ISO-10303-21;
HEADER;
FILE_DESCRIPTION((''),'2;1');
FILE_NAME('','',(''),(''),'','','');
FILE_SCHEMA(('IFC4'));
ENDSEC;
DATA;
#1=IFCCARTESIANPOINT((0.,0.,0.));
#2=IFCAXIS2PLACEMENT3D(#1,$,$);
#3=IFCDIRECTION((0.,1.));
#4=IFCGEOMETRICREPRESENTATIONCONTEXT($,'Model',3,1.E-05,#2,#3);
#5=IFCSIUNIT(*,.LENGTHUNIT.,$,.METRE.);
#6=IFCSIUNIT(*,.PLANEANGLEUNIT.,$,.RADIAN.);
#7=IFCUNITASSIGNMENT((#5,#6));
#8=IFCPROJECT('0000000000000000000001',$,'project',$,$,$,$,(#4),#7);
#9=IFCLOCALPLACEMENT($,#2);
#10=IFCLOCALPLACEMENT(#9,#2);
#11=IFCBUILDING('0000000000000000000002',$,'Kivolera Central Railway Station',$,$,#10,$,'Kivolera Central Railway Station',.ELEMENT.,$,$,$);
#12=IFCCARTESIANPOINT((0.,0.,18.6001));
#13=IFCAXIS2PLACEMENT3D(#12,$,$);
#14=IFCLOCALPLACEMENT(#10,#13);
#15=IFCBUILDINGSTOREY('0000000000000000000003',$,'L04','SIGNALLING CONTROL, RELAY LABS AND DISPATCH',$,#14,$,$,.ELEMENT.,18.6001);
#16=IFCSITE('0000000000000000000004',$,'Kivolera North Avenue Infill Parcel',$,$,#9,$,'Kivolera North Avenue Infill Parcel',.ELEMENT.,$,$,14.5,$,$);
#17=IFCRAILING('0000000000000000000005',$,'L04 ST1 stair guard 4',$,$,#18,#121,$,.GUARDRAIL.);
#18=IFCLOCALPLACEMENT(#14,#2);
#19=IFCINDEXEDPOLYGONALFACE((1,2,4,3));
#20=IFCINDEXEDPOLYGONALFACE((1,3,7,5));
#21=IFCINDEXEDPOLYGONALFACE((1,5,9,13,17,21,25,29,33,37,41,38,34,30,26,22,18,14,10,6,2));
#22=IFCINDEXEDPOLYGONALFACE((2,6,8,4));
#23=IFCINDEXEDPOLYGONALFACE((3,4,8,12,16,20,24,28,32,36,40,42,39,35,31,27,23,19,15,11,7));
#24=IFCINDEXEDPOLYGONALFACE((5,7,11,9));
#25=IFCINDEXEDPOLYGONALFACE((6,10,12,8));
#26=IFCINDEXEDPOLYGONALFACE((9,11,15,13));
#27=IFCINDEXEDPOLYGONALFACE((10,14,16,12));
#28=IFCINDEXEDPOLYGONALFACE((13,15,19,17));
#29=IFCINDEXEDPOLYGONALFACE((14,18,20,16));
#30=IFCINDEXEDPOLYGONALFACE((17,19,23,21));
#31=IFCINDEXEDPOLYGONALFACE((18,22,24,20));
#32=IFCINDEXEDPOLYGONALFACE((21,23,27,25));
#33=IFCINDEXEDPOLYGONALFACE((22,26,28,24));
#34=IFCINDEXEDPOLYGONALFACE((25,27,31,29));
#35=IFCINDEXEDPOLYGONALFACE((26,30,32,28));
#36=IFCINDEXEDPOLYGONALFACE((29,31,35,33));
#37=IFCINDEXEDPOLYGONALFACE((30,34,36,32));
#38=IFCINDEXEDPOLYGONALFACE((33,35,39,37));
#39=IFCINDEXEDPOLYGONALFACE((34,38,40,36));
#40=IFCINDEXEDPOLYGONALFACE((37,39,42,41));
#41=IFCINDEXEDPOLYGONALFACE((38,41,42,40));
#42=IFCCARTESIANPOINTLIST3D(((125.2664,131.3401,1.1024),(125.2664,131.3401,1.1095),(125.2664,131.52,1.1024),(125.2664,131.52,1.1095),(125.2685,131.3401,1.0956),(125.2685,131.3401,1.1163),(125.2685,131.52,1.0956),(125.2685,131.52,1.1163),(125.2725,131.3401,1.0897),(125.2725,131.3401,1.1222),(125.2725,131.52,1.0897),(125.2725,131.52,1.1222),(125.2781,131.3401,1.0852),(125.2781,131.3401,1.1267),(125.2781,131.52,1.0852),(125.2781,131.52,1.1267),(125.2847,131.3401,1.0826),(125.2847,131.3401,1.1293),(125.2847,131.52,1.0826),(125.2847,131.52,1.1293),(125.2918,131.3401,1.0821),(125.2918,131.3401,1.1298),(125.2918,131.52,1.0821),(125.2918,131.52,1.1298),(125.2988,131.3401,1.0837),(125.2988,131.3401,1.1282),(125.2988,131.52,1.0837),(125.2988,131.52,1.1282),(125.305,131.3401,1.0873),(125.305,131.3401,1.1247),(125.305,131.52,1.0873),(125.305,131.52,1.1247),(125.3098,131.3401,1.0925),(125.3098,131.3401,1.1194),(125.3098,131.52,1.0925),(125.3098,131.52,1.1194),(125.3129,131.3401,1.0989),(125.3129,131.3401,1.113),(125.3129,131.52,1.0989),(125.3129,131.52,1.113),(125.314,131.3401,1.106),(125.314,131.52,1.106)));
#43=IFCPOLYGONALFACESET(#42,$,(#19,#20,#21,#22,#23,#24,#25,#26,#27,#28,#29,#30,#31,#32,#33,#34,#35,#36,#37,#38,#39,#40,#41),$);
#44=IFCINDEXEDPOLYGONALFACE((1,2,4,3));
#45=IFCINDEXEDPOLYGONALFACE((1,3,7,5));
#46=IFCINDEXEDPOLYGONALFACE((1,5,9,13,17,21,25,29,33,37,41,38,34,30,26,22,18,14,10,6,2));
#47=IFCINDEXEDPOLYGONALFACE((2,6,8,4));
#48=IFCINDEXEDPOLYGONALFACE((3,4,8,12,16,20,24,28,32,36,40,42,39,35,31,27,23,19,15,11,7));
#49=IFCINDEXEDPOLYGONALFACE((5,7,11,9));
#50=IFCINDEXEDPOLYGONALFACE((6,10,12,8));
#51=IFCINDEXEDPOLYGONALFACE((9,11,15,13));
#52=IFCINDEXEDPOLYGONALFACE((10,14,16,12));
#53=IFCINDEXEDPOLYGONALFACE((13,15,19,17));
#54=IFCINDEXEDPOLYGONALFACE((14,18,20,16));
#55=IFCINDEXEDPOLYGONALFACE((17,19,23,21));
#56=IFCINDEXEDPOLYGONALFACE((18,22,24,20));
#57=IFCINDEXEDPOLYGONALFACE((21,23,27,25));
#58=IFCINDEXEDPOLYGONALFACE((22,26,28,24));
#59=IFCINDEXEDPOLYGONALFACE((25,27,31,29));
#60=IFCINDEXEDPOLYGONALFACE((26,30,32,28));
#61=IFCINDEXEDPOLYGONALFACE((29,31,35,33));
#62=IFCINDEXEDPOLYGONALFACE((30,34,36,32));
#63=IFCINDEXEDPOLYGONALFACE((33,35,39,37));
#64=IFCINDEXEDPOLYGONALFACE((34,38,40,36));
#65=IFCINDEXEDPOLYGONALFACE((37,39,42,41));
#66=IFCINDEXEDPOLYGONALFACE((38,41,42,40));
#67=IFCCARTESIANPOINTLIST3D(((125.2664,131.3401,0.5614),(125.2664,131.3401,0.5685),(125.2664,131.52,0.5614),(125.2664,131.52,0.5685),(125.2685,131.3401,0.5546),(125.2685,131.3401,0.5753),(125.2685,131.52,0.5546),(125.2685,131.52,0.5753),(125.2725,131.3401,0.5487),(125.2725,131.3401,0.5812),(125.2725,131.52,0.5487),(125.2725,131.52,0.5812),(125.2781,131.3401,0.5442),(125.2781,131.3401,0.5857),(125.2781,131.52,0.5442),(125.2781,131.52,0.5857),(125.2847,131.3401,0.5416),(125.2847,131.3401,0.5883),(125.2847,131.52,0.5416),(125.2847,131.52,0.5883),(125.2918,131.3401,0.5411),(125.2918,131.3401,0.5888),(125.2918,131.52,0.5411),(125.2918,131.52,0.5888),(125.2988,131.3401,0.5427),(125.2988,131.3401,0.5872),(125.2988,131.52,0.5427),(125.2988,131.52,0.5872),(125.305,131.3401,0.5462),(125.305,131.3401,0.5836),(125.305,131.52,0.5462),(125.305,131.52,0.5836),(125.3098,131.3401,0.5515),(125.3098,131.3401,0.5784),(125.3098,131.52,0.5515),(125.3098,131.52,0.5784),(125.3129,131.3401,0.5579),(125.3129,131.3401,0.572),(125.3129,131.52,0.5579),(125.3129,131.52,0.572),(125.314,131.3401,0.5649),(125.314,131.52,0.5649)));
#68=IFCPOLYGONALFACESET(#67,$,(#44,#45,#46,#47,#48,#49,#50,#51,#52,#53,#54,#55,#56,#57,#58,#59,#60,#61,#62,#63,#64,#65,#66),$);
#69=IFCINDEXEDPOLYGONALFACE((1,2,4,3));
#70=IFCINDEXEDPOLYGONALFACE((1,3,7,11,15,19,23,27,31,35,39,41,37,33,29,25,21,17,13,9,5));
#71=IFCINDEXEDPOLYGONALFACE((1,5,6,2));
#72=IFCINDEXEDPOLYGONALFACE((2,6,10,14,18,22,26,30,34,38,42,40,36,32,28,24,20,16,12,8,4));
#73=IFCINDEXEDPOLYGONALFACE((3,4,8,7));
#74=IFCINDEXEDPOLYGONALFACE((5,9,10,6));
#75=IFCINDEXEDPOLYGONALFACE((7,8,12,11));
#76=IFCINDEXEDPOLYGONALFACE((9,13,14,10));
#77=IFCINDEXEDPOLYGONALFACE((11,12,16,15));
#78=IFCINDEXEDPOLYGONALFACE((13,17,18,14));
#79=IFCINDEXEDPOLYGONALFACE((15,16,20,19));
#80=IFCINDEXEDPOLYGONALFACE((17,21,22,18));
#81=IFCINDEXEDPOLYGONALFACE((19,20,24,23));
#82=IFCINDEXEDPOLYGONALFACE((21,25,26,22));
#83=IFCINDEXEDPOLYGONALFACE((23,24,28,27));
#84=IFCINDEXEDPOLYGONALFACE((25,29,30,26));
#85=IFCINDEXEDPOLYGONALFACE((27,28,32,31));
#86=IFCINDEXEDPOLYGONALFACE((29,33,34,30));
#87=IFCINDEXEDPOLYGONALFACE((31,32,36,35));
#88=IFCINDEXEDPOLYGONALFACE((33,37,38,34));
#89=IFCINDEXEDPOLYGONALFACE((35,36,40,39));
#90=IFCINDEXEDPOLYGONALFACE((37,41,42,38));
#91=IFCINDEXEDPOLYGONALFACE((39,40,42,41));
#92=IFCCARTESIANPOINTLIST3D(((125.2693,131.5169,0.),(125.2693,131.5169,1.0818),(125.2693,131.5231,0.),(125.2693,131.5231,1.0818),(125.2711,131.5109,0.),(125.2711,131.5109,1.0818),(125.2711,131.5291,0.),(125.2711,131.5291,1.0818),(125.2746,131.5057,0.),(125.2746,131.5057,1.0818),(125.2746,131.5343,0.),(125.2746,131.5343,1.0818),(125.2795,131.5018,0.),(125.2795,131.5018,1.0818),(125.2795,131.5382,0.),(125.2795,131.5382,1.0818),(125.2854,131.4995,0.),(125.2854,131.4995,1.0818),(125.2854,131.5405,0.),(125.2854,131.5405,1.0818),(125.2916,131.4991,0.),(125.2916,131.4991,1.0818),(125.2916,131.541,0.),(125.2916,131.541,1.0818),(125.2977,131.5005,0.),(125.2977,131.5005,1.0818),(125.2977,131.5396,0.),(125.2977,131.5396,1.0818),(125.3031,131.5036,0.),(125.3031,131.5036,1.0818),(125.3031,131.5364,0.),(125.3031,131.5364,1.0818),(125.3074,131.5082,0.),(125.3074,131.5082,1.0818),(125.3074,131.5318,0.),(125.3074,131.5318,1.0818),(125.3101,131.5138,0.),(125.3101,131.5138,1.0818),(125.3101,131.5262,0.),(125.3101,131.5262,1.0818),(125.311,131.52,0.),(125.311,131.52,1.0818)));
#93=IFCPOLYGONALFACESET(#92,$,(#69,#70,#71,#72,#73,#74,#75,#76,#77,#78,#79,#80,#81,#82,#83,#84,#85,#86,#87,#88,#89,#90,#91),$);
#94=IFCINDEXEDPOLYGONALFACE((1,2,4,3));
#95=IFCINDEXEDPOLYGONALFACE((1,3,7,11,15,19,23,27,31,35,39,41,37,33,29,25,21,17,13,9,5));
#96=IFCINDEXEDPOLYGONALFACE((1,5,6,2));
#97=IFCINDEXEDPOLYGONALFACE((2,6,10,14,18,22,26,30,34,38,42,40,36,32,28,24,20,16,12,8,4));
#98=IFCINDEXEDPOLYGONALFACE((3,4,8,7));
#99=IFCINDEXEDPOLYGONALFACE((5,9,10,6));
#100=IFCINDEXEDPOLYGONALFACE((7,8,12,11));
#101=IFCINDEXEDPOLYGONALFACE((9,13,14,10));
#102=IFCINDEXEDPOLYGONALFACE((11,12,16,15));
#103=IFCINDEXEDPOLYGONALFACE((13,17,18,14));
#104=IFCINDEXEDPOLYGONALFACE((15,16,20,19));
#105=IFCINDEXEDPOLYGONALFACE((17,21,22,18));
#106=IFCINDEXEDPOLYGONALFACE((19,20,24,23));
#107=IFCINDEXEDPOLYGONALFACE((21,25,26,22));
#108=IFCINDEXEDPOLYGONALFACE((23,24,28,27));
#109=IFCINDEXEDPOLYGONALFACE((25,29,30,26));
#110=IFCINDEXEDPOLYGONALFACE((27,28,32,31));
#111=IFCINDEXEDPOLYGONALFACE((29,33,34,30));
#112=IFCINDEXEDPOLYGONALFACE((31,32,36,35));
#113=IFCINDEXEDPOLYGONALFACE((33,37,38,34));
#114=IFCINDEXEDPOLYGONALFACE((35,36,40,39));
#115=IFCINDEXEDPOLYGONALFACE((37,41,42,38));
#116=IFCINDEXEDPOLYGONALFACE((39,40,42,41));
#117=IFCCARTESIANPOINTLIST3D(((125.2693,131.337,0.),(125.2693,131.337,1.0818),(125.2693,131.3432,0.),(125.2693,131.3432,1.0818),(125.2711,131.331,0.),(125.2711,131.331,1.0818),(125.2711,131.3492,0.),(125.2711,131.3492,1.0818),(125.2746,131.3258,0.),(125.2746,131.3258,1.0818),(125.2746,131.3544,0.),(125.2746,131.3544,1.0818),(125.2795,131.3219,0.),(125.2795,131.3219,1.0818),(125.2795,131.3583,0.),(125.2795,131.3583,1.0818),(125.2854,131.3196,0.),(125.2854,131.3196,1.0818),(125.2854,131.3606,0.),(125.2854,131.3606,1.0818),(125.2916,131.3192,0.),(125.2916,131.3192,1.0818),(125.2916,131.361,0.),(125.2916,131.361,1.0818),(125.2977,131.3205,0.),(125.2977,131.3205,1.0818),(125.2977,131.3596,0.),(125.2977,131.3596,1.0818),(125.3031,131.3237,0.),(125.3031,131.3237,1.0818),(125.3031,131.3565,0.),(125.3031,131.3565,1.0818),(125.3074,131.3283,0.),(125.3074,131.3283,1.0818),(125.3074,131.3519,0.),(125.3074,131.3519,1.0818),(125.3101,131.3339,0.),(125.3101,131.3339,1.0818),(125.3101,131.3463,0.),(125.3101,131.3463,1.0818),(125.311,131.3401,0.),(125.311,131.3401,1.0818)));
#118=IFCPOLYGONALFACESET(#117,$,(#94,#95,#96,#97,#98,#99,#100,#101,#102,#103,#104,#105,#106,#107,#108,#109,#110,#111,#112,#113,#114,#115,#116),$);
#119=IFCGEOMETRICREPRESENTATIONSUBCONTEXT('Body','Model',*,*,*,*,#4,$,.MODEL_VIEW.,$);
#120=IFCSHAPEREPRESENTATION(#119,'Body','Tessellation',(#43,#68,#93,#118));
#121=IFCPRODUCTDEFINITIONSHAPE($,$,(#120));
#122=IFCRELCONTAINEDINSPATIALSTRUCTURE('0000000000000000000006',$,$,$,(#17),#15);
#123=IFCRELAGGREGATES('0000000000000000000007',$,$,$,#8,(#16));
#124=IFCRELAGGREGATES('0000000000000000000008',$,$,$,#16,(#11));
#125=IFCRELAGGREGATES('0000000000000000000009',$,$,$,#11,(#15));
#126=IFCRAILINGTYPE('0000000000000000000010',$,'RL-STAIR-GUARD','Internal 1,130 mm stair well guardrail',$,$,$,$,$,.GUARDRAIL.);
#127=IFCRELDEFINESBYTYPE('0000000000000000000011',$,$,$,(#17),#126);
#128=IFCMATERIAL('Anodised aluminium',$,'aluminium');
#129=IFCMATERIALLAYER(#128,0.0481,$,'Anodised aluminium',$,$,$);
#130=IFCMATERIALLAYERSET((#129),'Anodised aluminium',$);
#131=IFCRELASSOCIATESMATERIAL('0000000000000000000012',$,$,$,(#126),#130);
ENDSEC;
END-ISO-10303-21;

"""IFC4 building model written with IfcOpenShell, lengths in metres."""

from ifc_helpers import new_model, si_unit, direction, frame, origin, origin_2d, place, context, subcontext, project, spatial, circle, extrude, material, layer, layer_set, type_object, element, save


model = new_model("IFC4")

# Units and contexts
model_context = context("Model", 3, precision=1e-05, world=origin(), true_north=direction((0.0, 1.0)))
body_context = subcontext(model_context, "Body", "Model", "MODEL_VIEW")
ifc_project = project(units=[si_unit("LENGTHUNIT", "METRE"), si_unit("PLANEANGLEUNIT", "RADIAN")], contexts=[model_context])

# Site, building, storey
site_placement = place(None, origin())
site = spatial("IfcSite", under=ifc_project, at=site_placement, Name="Kivolera North Avenue Infill Parcel", LongName="Kivolera North Avenue Infill Parcel", CompositionType="ELEMENT", RefElevation=14.5)
building_placement = place(site_placement, origin())
building = spatial("IfcBuilding", under=site, at=building_placement, Name="Kivolera Central Railway Station", LongName="Kivolera Central Railway Station", CompositionType="ELEMENT")
storey_placement = place(building_placement, frame((0.0, 0.0, 18.6001)))
storey = spatial("IfcBuildingStorey", under=building, at=storey_placement, Name="L04", Description="SIGNALLING CONTROL, RELAY LABS AND DISPATCH", CompositionType="ELEMENT", Elevation=18.6001)

# Shared definitions
ifc_material_1 = material(Name="Anodised aluminium", Category="aluminium")

# Railing
ifc_layer_1 = layer(ifc_material_1, 0.0481, Name="Anodised aluminium")
ifc_layer_set_1 = layer_set([ifc_layer_1], Name="Anodised aluminium")
railing_type_1 = type_object("IfcRailingType", Name="RL-STAIR-GUARD", Description="Internal 1,130 mm stair well guardrail", PredefinedType="GUARDRAIL", material=ifc_layer_set_1)
railing_1_placement = place(storey_placement, frame((125.29, 131.52, 0.0)))
element("IfcRailing", 1, at=railing_1_placement, inside=storey, type_object=railing_type_1, Name="L04 ST1 stair guard 4", PredefinedType="GUARDRAIL", context=body_context, shape_type="SweptSolid", body=[
    extrude(circle(Radius=0.0239, at=origin_2d()), frame((0.0, 0.0, 1.106), z_axis=(0.0, -1.0, 0.0), x_axis=(1.0, 0.0, 0.0)), (0.0, 0.0, 1.0), 0.1799),
    extrude(circle(Radius=0.0239, at=origin_2d()), frame((0.0, 0.0, 0.5649), z_axis=(0.0, -1.0, 0.0), x_axis=(1.0, 0.0, 0.0)), (0.0, 0.0, 1.0), 0.1799),
    extrude(circle(Radius=0.021, at=origin_2d()), origin(), (0.0, 0.0, 1.0), 1.0818),
    extrude(circle(Radius=0.021, at=origin_2d()), frame((0.0, -0.1799, 0.0)), (0.0, 0.0, 1.0), 1.0818),
])

save(model, "model.ifc")
